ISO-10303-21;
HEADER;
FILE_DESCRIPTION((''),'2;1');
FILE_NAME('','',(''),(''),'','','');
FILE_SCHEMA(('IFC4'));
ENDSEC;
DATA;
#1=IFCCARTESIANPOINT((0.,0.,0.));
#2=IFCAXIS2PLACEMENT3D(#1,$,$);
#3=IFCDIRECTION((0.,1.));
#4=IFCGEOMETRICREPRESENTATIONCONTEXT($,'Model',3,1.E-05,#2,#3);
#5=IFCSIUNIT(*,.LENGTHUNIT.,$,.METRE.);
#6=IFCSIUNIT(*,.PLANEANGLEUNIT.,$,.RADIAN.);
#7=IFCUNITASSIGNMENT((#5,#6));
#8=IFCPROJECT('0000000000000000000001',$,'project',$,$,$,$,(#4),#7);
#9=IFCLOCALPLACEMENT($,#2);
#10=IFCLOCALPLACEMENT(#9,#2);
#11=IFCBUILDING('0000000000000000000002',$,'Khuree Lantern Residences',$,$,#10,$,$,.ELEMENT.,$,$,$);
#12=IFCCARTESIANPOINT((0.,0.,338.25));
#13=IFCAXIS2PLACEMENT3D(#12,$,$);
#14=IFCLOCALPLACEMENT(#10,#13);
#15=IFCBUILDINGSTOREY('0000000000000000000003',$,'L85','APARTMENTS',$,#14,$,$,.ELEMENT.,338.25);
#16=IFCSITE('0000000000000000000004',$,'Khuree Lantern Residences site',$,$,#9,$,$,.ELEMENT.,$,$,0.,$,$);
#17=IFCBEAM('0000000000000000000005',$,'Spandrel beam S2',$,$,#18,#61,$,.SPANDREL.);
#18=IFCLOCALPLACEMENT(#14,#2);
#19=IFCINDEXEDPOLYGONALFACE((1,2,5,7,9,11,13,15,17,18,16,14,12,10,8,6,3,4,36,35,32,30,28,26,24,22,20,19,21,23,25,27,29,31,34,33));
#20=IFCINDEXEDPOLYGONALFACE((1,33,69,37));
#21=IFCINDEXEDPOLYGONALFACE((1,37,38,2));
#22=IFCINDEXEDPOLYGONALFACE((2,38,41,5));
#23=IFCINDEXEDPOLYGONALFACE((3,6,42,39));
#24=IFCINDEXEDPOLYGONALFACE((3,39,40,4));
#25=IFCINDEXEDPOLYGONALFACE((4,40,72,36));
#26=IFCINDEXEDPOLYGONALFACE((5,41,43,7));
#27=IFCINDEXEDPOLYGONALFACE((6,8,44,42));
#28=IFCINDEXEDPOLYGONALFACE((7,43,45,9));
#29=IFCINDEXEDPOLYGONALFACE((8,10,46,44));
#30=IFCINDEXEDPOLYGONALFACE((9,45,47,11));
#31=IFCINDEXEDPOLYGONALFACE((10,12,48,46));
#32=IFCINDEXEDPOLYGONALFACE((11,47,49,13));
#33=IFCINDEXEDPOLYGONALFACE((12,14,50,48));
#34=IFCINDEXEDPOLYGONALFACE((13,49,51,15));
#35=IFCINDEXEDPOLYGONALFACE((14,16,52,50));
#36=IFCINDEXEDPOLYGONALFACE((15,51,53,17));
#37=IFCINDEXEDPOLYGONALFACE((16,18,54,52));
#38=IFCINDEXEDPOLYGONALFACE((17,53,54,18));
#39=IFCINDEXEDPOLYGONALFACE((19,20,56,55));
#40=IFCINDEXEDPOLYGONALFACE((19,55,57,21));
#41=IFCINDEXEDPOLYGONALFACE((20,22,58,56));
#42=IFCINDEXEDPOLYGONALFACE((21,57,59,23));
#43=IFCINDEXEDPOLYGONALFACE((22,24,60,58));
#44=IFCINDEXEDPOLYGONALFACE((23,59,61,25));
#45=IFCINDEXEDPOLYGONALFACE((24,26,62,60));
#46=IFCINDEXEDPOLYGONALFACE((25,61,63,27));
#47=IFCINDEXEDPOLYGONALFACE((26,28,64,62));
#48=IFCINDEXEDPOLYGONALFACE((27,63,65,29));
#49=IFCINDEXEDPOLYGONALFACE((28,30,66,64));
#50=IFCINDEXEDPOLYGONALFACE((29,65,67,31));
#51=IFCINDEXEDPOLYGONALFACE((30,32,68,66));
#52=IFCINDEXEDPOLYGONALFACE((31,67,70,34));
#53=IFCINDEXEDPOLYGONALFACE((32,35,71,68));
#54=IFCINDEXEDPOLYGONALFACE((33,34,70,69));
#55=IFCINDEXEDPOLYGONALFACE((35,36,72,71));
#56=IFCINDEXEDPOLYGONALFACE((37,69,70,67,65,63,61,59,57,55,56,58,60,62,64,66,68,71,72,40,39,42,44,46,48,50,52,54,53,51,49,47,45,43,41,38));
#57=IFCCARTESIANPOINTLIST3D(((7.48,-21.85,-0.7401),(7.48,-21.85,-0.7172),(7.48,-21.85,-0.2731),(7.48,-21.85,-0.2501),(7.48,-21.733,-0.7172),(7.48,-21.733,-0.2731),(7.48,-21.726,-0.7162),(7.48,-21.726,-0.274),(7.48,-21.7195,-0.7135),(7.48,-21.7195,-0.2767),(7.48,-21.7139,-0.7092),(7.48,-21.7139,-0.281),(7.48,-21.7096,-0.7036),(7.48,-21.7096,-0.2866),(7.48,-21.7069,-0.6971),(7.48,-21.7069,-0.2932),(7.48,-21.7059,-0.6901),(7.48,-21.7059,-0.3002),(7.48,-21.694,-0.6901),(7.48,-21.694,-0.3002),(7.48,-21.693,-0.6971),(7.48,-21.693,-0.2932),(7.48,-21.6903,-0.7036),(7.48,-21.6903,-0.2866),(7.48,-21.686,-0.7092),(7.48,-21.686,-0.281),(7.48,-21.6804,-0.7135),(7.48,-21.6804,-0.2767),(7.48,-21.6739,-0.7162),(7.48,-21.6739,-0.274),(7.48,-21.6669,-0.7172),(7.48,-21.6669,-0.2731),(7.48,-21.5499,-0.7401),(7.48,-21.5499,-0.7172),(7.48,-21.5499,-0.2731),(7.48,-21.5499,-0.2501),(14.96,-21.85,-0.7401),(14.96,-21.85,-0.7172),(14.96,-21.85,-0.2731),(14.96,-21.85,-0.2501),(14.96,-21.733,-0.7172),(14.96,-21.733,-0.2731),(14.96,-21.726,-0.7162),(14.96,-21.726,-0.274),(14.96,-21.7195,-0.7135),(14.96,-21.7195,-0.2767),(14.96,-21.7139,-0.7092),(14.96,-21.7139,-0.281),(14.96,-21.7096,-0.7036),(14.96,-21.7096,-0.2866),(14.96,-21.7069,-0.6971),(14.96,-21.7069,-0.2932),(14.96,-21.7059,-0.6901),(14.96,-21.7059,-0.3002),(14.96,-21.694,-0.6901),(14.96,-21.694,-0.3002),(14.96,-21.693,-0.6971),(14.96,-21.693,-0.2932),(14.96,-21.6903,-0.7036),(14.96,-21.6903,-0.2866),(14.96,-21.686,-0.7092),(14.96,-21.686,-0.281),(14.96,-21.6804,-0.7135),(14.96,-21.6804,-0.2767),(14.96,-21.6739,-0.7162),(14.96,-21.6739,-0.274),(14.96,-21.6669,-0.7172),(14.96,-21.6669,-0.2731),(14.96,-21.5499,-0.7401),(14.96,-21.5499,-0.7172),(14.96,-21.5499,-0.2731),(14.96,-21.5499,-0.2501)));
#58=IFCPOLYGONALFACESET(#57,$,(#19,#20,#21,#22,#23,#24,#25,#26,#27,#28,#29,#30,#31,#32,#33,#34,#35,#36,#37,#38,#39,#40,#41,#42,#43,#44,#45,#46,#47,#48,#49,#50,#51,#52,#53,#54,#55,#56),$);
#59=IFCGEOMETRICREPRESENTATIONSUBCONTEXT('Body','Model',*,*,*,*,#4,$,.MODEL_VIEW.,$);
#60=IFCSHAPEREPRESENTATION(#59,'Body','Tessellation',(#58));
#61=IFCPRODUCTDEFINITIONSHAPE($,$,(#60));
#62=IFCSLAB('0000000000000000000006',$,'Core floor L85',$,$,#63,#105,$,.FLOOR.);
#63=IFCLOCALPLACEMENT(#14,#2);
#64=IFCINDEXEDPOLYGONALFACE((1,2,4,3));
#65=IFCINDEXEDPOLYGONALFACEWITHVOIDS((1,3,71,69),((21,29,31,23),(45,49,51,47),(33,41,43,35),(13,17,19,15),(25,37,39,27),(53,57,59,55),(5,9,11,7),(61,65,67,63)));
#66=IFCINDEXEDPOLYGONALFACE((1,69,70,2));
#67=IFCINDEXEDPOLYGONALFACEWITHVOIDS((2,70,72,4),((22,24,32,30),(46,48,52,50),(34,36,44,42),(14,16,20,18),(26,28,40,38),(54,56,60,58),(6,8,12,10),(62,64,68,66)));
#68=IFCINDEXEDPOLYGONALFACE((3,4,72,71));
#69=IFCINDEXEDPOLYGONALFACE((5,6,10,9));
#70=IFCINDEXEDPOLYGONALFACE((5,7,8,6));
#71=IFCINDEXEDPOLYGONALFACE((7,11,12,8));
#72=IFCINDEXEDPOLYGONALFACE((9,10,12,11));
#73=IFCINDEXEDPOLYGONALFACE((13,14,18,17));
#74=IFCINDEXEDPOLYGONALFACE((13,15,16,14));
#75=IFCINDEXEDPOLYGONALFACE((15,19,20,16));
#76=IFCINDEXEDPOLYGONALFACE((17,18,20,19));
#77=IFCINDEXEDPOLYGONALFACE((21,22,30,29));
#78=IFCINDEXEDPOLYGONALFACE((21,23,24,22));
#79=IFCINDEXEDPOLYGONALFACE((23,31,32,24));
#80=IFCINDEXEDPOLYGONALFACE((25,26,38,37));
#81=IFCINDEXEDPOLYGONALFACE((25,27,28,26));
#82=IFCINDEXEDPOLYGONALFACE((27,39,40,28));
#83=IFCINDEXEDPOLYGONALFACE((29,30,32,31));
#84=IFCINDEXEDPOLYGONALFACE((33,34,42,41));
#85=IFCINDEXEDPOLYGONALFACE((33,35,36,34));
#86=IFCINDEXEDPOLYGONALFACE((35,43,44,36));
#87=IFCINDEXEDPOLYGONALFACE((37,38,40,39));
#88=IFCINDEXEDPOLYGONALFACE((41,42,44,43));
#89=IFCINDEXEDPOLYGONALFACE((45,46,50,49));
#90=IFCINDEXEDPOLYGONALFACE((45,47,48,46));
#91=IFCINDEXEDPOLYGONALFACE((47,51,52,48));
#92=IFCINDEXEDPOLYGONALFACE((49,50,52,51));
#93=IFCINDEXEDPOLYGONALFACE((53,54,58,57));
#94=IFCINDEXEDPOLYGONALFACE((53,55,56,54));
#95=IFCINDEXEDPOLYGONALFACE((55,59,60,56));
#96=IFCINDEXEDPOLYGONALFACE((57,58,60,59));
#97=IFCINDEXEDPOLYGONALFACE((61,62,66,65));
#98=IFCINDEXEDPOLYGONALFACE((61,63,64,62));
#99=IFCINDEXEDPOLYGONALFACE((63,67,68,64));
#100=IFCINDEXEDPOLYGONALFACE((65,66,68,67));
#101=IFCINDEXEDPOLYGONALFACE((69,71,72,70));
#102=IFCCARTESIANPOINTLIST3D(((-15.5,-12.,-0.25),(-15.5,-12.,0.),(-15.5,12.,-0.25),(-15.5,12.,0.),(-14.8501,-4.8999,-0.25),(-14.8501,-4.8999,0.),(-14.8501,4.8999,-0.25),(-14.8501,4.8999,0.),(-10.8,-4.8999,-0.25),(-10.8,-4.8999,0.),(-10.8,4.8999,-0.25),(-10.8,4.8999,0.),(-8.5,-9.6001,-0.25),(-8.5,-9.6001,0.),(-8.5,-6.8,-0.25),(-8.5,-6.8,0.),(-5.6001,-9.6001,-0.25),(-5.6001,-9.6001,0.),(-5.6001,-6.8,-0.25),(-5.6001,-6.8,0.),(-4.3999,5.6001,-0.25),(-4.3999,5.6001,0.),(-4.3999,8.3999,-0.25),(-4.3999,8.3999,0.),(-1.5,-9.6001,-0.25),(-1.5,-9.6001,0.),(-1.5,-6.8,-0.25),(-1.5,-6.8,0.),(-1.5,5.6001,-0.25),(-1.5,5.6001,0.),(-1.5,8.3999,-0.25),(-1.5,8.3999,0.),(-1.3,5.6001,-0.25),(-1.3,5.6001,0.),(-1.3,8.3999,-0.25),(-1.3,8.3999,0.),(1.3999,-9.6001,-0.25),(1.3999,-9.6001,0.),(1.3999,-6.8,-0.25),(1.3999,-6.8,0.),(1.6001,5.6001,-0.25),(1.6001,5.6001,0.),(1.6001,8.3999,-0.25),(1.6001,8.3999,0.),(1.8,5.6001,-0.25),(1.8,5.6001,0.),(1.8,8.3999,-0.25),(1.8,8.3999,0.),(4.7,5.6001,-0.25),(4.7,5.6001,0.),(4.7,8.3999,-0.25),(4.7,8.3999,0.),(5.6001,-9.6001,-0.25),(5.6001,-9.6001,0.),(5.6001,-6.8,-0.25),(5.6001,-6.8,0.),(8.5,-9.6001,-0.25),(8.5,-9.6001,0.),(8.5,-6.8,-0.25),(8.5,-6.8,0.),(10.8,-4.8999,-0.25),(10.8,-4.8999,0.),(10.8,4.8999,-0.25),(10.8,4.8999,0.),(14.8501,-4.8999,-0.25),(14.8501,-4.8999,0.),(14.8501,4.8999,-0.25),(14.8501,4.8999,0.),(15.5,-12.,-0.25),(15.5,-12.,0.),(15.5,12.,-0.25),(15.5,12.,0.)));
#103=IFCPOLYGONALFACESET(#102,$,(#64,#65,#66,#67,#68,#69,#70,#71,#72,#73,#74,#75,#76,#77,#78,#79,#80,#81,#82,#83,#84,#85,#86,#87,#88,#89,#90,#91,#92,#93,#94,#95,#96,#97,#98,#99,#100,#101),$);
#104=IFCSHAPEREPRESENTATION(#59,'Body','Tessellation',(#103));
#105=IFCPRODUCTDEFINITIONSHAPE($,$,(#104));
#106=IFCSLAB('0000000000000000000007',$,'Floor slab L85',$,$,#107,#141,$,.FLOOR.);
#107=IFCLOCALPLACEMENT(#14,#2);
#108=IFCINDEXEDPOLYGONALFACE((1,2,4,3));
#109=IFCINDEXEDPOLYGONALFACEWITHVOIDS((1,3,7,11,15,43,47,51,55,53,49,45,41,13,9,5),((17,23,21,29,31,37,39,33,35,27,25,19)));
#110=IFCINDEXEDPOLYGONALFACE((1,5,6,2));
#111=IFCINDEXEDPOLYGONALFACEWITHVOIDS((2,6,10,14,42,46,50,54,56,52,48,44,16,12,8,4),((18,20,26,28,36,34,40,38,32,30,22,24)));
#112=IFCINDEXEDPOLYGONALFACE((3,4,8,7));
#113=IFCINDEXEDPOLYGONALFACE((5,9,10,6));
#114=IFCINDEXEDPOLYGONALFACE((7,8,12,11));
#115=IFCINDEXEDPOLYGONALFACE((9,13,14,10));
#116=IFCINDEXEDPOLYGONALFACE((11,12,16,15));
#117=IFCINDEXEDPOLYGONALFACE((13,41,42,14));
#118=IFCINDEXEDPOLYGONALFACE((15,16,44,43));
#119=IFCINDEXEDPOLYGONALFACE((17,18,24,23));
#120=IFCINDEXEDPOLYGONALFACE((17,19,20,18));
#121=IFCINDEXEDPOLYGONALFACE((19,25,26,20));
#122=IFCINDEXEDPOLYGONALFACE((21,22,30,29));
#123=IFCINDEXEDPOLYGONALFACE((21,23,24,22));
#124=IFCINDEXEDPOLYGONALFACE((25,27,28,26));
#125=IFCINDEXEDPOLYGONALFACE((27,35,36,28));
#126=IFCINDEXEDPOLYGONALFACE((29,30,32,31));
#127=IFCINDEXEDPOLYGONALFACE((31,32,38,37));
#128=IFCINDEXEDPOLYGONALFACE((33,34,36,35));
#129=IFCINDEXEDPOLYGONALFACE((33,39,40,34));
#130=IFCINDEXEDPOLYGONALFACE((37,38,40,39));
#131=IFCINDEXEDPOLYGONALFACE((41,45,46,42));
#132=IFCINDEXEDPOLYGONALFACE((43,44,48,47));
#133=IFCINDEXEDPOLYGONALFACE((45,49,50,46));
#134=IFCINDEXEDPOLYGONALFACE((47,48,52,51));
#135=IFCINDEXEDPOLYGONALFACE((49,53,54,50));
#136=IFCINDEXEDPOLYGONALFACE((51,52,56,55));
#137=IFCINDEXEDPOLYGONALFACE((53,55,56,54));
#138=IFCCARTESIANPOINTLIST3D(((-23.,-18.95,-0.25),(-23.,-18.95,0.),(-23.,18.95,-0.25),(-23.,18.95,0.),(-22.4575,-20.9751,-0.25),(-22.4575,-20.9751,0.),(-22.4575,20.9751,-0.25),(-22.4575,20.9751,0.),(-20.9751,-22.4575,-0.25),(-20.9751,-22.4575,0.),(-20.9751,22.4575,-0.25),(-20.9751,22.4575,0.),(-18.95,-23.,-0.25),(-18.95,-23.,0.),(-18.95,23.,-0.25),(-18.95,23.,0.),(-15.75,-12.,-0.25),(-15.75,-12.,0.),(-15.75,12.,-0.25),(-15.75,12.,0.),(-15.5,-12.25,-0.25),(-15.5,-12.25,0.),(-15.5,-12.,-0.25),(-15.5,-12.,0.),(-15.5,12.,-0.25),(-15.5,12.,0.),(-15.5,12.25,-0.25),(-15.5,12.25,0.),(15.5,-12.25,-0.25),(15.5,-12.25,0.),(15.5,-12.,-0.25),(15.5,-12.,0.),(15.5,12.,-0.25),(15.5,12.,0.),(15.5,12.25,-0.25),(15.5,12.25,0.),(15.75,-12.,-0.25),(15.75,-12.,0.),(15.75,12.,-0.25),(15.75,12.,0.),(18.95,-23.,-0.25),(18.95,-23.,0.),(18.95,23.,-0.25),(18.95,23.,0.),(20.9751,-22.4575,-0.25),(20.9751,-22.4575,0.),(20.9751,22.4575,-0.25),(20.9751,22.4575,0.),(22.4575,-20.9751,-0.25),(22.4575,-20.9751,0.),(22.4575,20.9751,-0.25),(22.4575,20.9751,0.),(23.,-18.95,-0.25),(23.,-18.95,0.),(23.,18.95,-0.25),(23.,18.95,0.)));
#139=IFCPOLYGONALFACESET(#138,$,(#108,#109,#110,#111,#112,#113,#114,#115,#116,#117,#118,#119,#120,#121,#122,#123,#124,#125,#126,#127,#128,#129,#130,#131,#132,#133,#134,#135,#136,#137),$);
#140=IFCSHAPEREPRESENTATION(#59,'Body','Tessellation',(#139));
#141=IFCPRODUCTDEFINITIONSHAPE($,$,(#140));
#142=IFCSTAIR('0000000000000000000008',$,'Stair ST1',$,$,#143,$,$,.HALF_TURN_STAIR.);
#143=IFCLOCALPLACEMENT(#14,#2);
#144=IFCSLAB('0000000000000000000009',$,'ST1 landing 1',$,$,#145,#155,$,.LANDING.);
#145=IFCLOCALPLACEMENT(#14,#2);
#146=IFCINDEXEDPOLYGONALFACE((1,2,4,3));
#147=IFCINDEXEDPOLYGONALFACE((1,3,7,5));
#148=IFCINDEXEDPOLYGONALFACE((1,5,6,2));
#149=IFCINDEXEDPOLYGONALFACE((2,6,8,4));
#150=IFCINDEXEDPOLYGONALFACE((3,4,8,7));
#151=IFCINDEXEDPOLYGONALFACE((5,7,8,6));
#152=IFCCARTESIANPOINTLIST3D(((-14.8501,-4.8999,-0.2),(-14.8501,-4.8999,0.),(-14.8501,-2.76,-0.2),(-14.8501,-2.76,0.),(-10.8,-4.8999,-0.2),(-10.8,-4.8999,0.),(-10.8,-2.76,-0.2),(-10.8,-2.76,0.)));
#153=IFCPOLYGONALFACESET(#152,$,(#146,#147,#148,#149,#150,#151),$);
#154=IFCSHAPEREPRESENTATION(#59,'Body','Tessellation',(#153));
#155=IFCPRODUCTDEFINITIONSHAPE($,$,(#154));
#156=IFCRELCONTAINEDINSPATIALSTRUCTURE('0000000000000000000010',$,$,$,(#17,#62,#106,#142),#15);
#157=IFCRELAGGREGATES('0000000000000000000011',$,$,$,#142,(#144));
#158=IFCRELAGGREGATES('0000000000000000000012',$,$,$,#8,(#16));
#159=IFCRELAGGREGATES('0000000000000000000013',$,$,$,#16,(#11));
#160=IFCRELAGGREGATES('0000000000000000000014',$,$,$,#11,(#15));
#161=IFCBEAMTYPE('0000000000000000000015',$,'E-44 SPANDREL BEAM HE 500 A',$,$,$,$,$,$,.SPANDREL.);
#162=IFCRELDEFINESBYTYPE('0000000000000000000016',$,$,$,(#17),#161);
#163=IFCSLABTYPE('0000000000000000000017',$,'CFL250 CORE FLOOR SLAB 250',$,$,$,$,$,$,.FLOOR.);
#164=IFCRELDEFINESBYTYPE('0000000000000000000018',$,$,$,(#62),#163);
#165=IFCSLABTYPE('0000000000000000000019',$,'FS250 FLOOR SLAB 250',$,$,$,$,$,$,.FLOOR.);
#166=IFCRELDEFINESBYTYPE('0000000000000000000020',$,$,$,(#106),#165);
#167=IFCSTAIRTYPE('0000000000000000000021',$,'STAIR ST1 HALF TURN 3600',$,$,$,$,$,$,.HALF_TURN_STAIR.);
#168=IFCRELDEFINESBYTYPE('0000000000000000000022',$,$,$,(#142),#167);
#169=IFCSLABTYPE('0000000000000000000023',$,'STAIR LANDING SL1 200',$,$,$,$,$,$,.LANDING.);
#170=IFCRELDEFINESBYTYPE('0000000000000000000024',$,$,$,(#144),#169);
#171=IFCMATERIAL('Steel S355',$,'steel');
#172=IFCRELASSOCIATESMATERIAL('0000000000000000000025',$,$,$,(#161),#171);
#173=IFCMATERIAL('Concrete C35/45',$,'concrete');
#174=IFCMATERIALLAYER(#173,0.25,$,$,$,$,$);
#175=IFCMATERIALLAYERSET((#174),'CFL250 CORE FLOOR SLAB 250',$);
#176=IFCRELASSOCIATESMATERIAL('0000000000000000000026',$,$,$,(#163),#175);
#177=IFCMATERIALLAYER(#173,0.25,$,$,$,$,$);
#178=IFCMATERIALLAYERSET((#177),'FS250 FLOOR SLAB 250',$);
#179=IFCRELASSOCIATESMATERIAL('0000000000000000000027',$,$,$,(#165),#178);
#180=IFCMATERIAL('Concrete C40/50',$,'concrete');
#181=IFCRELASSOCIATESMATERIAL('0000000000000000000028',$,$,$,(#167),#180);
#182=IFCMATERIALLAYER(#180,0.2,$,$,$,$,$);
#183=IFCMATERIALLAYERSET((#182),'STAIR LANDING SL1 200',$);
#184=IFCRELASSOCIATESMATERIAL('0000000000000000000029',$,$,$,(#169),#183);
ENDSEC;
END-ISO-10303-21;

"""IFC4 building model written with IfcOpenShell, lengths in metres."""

from ifc_helpers import new_model, si_unit, direction, frame, origin, origin_2d, place, context, subcontext, project, spatial, polyline, i_section, outline, extrude, material, layer, layer_set, material_profile, profile_set, type_object, element, aggregate, save


model = new_model("IFC4")

# Units and contexts
model_context = context("Model", 3, precision=1e-05, world=origin(), true_north=direction((0.0, 1.0)))
body_context = subcontext(model_context, "Body", "Model", "MODEL_VIEW")
ifc_project = project(units=[si_unit("LENGTHUNIT", "METRE"), si_unit("PLANEANGLEUNIT", "RADIAN")], contexts=[model_context])

# Site, building, storey
site_placement = place(None, origin())
site = spatial("IfcSite", under=ifc_project, at=site_placement, Name="Khuree Lantern Residences site", CompositionType="ELEMENT", RefElevation=0.0)
building_placement = place(site_placement, origin())
building = spatial("IfcBuilding", under=site, at=building_placement, Name="Khuree Lantern Residences", CompositionType="ELEMENT")
storey_placement = place(building_placement, frame((0.0, 0.0, 338.25)))
storey = spatial("IfcBuildingStorey", under=building, at=storey_placement, Name="L85", Description="APARTMENTS", CompositionType="ELEMENT", Elevation=338.25)

# Beam
ifc_material_1 = material(Name="Steel S355", Category="steel")
ifc_material_profile = material_profile(ifc_material_1, i_section(OverallWidth=0.3, OverallDepth=0.49, WebThickness=0.012, FlangeThickness=0.0229, FilletRadius=0.0271, at=origin_2d()), Name="HE 500 A")
ifc_profile_set = profile_set([ifc_material_profile], Name="Steel S355")
beam_type = type_object("IfcBeamType", Name="E-44 SPANDREL BEAM HE 500 A", PredefinedType="SPANDREL", material=ifc_profile_set)
beam_placement = place(storey_placement, frame((14.96, -21.7, -0.4951), z_axis=(-1.0, 0.0, 0.0), x_axis=(0.0, -1.0, 0.0)))
element("IfcBeam", 1, at=beam_placement, inside=storey, type_object=beam_type, Name="Spandrel beam S2", PredefinedType="SPANDREL", context=body_context, shape_type="SweptSolid", body=[
    extrude(i_section(OverallWidth=0.3, OverallDepth=0.49, WebThickness=0.012, FlangeThickness=0.0229, FilletRadius=0.0271, at=origin_2d()), origin(), (0.0, 0.0, 1.0), 7.48),
])

# Slabs
ifc_material_2 = material(Name="Concrete C35/45", Category="concrete")
ifc_layer_1 = layer(ifc_material_2, 0.25)
ifc_layer_set_1 = layer_set([ifc_layer_1], Name="CFL250 CORE FLOOR SLAB 250")
slab_type_1 = type_object("IfcSlabType", Name="CFL250 CORE FLOOR SLAB 250", PredefinedType="FLOOR", material=ifc_layer_set_1)
slab_1_placement = place(storey_placement, frame((0.0, 0.0, -0.25)))
element("IfcSlab", 2, at=slab_1_placement, inside=storey, type_object=slab_type_1, Name="Core floor L85", PredefinedType="FLOOR", context=body_context, shape_type="SweptSolid", body=[
    extrude(outline(polyline([(-15.5, -12.0), (-15.5, 12.0), (15.5, 12.0), (15.5, -12.0), (-15.5, -12.0)]), holes=[polyline([(10.8, 4.8999), (10.8, -4.8999), (14.8501, -4.8999), (14.8501, 4.8999), (10.8, 4.8999)]), polyline([(5.6001, -6.8), (5.6001, -9.6001), (8.5, -9.6001), (8.5, -6.8), (5.6001, -6.8)]), polyline([(1.8, 8.3999), (1.8, 5.6001), (4.7, 5.6001), (4.7, 8.3999), (1.8, 8.3999)]), polyline([(-1.3, 8.3999), (-1.3, 5.6001), (1.6001, 5.6001), (1.6001, 8.3999), (-1.3, 8.3999)]), polyline([(-1.5, -6.8), (-1.5, -9.6001), (1.3999, -9.6001), (1.3999, -6.8), (-1.5, -6.8)]), polyline([(-4.3999, 8.3999), (-4.3999, 5.6001), (-1.5, 5.6001), (-1.5, 8.3999), (-4.3999, 8.3999)]), polyline([(-8.5, -6.8), (-8.5, -9.6001), (-5.6001, -9.6001), (-5.6001, -6.8), (-8.5, -6.8)]), polyline([(-14.8501, 4.8999), (-14.8501, -4.8999), (-10.8, -4.8999), (-10.8, 4.8999), (-14.8501, 4.8999)])]), origin(), (0.0, 0.0, 1.0), 0.25),
])
ifc_layer_2 = layer(ifc_material_2, 0.25)
ifc_layer_set_2 = layer_set([ifc_layer_2], Name="FS250 FLOOR SLAB 250")
slab_type_2 = type_object("IfcSlabType", Name="FS250 FLOOR SLAB 250", PredefinedType="FLOOR", material=ifc_layer_set_2)
slab_2_placement = place(storey_placement, frame((0.0, 0.0, -0.25)))
element("IfcSlab", 3, at=slab_2_placement, inside=storey, type_object=slab_type_2, Name="Floor slab L85", PredefinedType="FLOOR", context=body_context, shape_type="SweptSolid", body=[
    extrude(outline(polyline([(-20.9751, -22.4575), (-22.4575, -20.9751), (-23.0, -18.95), (-23.0, 18.95), (-22.4575, 20.9751), (-20.9751, 22.4575), (-18.95, 23.0), (18.95, 23.0), (20.9751, 22.4575), (22.4575, 20.9751), (23.0, 18.95), (23.0, -18.95), (22.4575, -20.9751), (20.9751, -22.4575), (18.95, -23.0), (-18.95, -23.0), (-20.9751, -22.4575)]), holes=[polyline([(15.75, 12.0), (15.5, 12.0), (15.5, 12.25), (-15.5, 12.25), (-15.5, 12.0), (-15.75, 12.0), (-15.75, -12.0), (-15.5, -12.0), (-15.5, -12.25), (15.5, -12.25), (15.5, -12.0), (15.75, -12.0), (15.75, 12.0)])]), origin(), (0.0, 0.0, 1.0), 0.25),
])

# Stair, slab
ifc_material_3 = material(Name="Concrete C40/50", Category="concrete")
stair_type = type_object("IfcStairType", Name="STAIR ST1 HALF TURN 3600", PredefinedType="HALF_TURN_STAIR", material=ifc_material_3)
stair_1_placement = place(storey_placement, origin())
stair_1 = element("IfcStair", 4, at=stair_1_placement, inside=storey, type_object=stair_type, Name="Stair ST1", PredefinedType="HALF_TURN_STAIR")
ifc_layer_3 = layer(ifc_material_3, 0.2)
ifc_layer_set_3 = layer_set([ifc_layer_3], Name="STAIR LANDING SL1 200")
slab_type_3 = type_object("IfcSlabType", Name="STAIR LANDING SL1 200", PredefinedType="LANDING", material=ifc_layer_set_3)
slab_3_placement = place(storey_placement, frame((0.0, 0.0, -0.2)))
slab_3 = element("IfcSlab", 5, at=slab_3_placement, type_object=slab_type_3, Name="ST1 landing 1", PredefinedType="LANDING", context=body_context, shape_type="SweptSolid", body=[
    extrude(outline(polyline([(-14.8501, -4.8999), (-10.8, -4.8999), (-10.8, -2.76), (-14.8501, -2.76), (-14.8501, -4.8999)])), origin(), (0.0, 0.0, 1.0), 0.2),
])
aggregate(stair_1, [slab_3])

save(model, "model.ifc")
